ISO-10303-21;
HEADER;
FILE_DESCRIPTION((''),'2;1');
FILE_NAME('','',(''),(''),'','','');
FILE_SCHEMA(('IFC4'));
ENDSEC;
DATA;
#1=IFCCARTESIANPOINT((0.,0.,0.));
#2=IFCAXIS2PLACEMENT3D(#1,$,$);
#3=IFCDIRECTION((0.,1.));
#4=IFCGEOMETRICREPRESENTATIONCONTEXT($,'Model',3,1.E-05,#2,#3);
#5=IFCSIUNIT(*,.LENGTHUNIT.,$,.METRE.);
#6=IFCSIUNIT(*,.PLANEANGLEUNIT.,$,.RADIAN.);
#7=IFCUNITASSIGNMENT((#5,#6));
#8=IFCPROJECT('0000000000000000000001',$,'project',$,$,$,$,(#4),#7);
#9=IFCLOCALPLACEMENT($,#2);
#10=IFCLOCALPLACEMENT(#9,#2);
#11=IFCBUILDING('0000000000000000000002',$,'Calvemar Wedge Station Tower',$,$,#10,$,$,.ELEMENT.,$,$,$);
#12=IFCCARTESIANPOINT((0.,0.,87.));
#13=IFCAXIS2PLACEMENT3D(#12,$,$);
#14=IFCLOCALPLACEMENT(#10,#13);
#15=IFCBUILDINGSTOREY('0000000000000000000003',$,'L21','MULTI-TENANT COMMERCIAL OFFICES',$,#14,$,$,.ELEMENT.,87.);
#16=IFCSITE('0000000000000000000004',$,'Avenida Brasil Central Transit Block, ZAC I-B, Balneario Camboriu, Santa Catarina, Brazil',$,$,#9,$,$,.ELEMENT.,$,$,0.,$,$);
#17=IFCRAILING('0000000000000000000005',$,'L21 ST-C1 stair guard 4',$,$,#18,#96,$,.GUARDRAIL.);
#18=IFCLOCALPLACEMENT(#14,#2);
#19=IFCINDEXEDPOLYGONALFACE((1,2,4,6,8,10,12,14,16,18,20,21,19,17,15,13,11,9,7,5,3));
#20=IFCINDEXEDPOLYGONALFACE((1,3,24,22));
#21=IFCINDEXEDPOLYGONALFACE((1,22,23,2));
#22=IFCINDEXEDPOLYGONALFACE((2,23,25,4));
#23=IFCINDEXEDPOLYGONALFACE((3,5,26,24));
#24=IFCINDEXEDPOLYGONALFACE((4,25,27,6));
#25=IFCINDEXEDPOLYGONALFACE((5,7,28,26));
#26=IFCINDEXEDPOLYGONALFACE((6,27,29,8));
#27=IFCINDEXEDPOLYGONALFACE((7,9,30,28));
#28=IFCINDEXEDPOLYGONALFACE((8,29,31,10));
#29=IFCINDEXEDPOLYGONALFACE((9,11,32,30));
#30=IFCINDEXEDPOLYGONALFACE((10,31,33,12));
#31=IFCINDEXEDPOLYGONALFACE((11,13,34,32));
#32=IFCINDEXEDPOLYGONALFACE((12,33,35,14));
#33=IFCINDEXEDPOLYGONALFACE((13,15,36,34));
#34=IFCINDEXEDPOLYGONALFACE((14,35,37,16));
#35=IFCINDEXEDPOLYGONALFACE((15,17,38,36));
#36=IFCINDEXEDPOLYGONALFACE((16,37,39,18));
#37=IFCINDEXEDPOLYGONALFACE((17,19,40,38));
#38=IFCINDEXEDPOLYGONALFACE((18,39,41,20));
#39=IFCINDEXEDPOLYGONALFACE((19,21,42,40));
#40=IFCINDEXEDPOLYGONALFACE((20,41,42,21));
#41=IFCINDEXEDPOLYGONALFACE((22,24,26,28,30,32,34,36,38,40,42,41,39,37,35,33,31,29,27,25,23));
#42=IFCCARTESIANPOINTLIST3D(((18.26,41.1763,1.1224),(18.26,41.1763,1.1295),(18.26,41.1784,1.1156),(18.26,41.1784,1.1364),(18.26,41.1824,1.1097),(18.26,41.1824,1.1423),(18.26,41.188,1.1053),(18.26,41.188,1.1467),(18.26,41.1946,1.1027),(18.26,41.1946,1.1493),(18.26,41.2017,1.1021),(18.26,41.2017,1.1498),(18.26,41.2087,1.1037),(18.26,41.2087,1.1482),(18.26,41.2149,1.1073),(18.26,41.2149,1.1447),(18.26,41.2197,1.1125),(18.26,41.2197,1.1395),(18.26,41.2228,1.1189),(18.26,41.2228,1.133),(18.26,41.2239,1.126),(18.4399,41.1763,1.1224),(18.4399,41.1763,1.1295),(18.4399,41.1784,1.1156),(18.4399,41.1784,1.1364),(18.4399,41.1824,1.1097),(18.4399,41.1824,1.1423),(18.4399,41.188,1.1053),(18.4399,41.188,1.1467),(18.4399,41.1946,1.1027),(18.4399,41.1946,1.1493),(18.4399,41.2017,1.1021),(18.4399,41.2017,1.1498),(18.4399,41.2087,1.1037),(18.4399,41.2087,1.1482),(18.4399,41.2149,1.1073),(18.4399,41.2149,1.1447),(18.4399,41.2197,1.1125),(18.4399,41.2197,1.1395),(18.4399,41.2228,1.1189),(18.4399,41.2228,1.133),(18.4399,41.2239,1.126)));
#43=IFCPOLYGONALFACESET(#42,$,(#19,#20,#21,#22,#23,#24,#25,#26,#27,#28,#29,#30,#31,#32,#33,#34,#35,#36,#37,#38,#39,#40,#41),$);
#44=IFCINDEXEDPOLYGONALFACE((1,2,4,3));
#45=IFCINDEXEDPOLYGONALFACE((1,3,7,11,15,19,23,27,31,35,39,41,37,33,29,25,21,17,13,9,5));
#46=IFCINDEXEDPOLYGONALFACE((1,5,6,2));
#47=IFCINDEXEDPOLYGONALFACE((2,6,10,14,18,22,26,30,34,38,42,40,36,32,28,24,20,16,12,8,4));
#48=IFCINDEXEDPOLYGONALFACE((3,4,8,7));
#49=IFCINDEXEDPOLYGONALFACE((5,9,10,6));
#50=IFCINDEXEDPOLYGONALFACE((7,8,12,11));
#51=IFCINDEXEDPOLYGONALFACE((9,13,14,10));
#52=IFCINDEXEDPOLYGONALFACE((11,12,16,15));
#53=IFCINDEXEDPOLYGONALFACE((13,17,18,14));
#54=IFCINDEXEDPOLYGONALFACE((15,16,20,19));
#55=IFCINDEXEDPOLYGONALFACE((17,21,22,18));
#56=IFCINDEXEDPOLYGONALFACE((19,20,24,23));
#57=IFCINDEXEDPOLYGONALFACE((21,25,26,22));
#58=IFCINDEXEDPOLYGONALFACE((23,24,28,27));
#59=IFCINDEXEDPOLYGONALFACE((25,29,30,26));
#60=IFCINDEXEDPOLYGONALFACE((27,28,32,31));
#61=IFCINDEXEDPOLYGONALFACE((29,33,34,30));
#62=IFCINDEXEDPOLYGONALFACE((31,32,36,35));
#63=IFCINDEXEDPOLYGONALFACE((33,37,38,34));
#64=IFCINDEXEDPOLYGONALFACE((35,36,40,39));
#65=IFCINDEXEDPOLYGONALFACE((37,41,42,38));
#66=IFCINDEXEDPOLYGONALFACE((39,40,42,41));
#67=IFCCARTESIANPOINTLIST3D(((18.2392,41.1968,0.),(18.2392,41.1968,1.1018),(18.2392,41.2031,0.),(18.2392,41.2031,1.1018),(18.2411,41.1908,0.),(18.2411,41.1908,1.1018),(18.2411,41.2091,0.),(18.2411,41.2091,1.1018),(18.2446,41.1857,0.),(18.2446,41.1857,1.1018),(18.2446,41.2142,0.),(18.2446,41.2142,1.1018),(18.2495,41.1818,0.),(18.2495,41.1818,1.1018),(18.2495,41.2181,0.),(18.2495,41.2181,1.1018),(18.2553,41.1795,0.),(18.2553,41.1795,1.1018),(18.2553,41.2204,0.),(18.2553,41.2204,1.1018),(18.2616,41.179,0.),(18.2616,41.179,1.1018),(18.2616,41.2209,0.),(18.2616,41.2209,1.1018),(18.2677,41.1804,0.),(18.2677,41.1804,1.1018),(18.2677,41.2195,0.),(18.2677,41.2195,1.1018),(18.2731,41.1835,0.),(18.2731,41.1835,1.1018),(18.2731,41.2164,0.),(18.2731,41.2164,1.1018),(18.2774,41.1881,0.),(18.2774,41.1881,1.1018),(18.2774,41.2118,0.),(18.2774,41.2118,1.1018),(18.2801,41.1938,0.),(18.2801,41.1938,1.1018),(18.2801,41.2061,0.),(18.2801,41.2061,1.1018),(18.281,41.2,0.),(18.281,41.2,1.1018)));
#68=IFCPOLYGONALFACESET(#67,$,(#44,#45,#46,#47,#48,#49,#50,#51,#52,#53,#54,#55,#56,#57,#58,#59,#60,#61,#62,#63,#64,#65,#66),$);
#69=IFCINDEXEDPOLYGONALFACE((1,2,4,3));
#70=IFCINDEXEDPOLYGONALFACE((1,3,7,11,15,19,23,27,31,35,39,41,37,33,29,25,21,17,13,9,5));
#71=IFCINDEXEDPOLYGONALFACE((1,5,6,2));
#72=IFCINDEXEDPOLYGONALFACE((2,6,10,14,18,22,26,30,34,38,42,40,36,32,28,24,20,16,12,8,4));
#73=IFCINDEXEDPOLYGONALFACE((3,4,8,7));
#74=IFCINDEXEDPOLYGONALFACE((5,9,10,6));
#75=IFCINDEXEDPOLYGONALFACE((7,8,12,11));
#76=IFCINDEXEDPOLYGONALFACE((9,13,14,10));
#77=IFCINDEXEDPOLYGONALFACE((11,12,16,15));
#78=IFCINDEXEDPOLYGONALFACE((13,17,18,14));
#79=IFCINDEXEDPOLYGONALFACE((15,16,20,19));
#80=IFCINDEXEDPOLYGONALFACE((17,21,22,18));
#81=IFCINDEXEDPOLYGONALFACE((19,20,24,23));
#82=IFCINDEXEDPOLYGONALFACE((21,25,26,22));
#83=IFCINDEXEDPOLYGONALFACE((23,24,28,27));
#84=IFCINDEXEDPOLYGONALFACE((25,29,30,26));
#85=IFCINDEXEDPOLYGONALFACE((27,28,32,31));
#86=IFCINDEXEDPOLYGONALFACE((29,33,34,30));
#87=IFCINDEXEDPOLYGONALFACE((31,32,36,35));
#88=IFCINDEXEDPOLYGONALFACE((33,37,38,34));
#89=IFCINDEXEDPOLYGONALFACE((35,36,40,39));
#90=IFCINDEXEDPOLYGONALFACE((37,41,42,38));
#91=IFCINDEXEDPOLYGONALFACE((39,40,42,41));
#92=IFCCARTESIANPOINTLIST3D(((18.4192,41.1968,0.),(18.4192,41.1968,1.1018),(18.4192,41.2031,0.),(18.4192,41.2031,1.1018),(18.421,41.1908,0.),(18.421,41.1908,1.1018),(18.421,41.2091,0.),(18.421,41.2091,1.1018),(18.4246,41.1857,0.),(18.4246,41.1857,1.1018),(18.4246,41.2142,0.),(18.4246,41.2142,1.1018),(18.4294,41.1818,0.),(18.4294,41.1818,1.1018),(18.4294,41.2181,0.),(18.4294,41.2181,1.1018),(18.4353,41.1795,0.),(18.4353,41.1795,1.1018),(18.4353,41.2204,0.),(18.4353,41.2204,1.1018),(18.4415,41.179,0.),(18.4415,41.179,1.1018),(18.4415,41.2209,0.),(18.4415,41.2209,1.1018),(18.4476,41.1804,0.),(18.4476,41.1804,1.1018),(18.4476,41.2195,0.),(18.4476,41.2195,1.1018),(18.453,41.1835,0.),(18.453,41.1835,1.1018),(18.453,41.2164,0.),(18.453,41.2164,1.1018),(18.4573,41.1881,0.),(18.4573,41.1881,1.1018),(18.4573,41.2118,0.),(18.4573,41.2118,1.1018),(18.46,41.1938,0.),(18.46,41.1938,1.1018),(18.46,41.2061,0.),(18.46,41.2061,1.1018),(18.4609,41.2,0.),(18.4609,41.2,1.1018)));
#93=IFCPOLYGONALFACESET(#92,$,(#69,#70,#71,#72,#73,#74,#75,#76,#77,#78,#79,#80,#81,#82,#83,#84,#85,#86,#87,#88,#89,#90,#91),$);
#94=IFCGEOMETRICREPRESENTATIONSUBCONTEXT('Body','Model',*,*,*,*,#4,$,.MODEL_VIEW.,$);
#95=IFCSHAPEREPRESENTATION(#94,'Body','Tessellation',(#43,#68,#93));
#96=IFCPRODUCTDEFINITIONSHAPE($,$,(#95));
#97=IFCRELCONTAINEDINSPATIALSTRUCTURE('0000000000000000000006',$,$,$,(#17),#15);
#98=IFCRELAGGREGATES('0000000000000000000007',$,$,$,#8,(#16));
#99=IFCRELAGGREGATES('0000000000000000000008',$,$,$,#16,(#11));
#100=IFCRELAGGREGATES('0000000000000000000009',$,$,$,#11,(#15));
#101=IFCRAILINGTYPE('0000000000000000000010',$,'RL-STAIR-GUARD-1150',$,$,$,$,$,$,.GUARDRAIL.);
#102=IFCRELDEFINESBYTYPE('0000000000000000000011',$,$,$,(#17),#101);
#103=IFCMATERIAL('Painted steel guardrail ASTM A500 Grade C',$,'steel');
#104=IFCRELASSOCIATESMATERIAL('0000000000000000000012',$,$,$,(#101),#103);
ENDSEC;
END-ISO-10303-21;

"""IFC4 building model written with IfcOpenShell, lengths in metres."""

from ifc_helpers import new_model, si_unit, direction, frame, origin, origin_2d, place, context, subcontext, project, spatial, circle, extrude, material, type_object, element, save


model = new_model("IFC4")

# Units and contexts
model_context = context("Model", 3, precision=1e-05, world=origin(), true_north=direction((0.0, 1.0)))
body_context = subcontext(model_context, "Body", "Model", "MODEL_VIEW")
ifc_project = project(units=[si_unit("LENGTHUNIT", "METRE"), si_unit("PLANEANGLEUNIT", "RADIAN")], contexts=[model_context])

# Site, building, storey
site_placement = place(None, origin())
site = spatial("IfcSite", under=ifc_project, at=site_placement, Name="Avenida Brasil Central Transit Block, ZAC I-B, Balneario Camboriu, Santa Catarina, Brazil", CompositionType="ELEMENT", RefElevation=0.0)
building_placement = place(site_placement, origin())
building = spatial("IfcBuilding", under=site, at=building_placement, Name="Calvemar Wedge Station Tower", CompositionType="ELEMENT")
storey_placement = place(building_placement, frame((0.0, 0.0, 87.0)))
storey = spatial("IfcBuildingStorey", under=building, at=storey_placement, Name="L21", Description="MULTI-TENANT COMMERCIAL OFFICES", CompositionType="ELEMENT", Elevation=87.0)

# Railing
ifc_material_1 = material(Name="Painted steel guardrail ASTM A500 Grade C", Category="steel")
railing_type = type_object("IfcRailingType", Name="RL-STAIR-GUARD-1150", PredefinedType="GUARDRAIL", material=ifc_material_1)
railing_1_placement = place(storey_placement, frame((18.26, 41.2, 0.0)))
element("IfcRailing", 1, at=railing_1_placement, inside=storey, type_object=railing_type, Name="L21 ST-C1 stair guard 4", PredefinedType="GUARDRAIL", context=body_context, shape_type="SweptSolid", body=[
    extrude(circle(Radius=0.0239, at=origin_2d()), frame((0.0, 0.0, 1.126), z_axis=(1.0, 0.0, 0.0), x_axis=(0.0, 1.0, 0.0)), (0.0, 0.0, 1.0), 0.1799),
    extrude(circle(Radius=0.021, at=origin_2d()), origin(), (0.0, 0.0, 1.0), 1.1018),
    extrude(circle(Radius=0.021, at=origin_2d()), frame((0.1799, 0.0, 0.0)), (0.0, 0.0, 1.0), 1.1018),
])

save(model, "model.ifc")
